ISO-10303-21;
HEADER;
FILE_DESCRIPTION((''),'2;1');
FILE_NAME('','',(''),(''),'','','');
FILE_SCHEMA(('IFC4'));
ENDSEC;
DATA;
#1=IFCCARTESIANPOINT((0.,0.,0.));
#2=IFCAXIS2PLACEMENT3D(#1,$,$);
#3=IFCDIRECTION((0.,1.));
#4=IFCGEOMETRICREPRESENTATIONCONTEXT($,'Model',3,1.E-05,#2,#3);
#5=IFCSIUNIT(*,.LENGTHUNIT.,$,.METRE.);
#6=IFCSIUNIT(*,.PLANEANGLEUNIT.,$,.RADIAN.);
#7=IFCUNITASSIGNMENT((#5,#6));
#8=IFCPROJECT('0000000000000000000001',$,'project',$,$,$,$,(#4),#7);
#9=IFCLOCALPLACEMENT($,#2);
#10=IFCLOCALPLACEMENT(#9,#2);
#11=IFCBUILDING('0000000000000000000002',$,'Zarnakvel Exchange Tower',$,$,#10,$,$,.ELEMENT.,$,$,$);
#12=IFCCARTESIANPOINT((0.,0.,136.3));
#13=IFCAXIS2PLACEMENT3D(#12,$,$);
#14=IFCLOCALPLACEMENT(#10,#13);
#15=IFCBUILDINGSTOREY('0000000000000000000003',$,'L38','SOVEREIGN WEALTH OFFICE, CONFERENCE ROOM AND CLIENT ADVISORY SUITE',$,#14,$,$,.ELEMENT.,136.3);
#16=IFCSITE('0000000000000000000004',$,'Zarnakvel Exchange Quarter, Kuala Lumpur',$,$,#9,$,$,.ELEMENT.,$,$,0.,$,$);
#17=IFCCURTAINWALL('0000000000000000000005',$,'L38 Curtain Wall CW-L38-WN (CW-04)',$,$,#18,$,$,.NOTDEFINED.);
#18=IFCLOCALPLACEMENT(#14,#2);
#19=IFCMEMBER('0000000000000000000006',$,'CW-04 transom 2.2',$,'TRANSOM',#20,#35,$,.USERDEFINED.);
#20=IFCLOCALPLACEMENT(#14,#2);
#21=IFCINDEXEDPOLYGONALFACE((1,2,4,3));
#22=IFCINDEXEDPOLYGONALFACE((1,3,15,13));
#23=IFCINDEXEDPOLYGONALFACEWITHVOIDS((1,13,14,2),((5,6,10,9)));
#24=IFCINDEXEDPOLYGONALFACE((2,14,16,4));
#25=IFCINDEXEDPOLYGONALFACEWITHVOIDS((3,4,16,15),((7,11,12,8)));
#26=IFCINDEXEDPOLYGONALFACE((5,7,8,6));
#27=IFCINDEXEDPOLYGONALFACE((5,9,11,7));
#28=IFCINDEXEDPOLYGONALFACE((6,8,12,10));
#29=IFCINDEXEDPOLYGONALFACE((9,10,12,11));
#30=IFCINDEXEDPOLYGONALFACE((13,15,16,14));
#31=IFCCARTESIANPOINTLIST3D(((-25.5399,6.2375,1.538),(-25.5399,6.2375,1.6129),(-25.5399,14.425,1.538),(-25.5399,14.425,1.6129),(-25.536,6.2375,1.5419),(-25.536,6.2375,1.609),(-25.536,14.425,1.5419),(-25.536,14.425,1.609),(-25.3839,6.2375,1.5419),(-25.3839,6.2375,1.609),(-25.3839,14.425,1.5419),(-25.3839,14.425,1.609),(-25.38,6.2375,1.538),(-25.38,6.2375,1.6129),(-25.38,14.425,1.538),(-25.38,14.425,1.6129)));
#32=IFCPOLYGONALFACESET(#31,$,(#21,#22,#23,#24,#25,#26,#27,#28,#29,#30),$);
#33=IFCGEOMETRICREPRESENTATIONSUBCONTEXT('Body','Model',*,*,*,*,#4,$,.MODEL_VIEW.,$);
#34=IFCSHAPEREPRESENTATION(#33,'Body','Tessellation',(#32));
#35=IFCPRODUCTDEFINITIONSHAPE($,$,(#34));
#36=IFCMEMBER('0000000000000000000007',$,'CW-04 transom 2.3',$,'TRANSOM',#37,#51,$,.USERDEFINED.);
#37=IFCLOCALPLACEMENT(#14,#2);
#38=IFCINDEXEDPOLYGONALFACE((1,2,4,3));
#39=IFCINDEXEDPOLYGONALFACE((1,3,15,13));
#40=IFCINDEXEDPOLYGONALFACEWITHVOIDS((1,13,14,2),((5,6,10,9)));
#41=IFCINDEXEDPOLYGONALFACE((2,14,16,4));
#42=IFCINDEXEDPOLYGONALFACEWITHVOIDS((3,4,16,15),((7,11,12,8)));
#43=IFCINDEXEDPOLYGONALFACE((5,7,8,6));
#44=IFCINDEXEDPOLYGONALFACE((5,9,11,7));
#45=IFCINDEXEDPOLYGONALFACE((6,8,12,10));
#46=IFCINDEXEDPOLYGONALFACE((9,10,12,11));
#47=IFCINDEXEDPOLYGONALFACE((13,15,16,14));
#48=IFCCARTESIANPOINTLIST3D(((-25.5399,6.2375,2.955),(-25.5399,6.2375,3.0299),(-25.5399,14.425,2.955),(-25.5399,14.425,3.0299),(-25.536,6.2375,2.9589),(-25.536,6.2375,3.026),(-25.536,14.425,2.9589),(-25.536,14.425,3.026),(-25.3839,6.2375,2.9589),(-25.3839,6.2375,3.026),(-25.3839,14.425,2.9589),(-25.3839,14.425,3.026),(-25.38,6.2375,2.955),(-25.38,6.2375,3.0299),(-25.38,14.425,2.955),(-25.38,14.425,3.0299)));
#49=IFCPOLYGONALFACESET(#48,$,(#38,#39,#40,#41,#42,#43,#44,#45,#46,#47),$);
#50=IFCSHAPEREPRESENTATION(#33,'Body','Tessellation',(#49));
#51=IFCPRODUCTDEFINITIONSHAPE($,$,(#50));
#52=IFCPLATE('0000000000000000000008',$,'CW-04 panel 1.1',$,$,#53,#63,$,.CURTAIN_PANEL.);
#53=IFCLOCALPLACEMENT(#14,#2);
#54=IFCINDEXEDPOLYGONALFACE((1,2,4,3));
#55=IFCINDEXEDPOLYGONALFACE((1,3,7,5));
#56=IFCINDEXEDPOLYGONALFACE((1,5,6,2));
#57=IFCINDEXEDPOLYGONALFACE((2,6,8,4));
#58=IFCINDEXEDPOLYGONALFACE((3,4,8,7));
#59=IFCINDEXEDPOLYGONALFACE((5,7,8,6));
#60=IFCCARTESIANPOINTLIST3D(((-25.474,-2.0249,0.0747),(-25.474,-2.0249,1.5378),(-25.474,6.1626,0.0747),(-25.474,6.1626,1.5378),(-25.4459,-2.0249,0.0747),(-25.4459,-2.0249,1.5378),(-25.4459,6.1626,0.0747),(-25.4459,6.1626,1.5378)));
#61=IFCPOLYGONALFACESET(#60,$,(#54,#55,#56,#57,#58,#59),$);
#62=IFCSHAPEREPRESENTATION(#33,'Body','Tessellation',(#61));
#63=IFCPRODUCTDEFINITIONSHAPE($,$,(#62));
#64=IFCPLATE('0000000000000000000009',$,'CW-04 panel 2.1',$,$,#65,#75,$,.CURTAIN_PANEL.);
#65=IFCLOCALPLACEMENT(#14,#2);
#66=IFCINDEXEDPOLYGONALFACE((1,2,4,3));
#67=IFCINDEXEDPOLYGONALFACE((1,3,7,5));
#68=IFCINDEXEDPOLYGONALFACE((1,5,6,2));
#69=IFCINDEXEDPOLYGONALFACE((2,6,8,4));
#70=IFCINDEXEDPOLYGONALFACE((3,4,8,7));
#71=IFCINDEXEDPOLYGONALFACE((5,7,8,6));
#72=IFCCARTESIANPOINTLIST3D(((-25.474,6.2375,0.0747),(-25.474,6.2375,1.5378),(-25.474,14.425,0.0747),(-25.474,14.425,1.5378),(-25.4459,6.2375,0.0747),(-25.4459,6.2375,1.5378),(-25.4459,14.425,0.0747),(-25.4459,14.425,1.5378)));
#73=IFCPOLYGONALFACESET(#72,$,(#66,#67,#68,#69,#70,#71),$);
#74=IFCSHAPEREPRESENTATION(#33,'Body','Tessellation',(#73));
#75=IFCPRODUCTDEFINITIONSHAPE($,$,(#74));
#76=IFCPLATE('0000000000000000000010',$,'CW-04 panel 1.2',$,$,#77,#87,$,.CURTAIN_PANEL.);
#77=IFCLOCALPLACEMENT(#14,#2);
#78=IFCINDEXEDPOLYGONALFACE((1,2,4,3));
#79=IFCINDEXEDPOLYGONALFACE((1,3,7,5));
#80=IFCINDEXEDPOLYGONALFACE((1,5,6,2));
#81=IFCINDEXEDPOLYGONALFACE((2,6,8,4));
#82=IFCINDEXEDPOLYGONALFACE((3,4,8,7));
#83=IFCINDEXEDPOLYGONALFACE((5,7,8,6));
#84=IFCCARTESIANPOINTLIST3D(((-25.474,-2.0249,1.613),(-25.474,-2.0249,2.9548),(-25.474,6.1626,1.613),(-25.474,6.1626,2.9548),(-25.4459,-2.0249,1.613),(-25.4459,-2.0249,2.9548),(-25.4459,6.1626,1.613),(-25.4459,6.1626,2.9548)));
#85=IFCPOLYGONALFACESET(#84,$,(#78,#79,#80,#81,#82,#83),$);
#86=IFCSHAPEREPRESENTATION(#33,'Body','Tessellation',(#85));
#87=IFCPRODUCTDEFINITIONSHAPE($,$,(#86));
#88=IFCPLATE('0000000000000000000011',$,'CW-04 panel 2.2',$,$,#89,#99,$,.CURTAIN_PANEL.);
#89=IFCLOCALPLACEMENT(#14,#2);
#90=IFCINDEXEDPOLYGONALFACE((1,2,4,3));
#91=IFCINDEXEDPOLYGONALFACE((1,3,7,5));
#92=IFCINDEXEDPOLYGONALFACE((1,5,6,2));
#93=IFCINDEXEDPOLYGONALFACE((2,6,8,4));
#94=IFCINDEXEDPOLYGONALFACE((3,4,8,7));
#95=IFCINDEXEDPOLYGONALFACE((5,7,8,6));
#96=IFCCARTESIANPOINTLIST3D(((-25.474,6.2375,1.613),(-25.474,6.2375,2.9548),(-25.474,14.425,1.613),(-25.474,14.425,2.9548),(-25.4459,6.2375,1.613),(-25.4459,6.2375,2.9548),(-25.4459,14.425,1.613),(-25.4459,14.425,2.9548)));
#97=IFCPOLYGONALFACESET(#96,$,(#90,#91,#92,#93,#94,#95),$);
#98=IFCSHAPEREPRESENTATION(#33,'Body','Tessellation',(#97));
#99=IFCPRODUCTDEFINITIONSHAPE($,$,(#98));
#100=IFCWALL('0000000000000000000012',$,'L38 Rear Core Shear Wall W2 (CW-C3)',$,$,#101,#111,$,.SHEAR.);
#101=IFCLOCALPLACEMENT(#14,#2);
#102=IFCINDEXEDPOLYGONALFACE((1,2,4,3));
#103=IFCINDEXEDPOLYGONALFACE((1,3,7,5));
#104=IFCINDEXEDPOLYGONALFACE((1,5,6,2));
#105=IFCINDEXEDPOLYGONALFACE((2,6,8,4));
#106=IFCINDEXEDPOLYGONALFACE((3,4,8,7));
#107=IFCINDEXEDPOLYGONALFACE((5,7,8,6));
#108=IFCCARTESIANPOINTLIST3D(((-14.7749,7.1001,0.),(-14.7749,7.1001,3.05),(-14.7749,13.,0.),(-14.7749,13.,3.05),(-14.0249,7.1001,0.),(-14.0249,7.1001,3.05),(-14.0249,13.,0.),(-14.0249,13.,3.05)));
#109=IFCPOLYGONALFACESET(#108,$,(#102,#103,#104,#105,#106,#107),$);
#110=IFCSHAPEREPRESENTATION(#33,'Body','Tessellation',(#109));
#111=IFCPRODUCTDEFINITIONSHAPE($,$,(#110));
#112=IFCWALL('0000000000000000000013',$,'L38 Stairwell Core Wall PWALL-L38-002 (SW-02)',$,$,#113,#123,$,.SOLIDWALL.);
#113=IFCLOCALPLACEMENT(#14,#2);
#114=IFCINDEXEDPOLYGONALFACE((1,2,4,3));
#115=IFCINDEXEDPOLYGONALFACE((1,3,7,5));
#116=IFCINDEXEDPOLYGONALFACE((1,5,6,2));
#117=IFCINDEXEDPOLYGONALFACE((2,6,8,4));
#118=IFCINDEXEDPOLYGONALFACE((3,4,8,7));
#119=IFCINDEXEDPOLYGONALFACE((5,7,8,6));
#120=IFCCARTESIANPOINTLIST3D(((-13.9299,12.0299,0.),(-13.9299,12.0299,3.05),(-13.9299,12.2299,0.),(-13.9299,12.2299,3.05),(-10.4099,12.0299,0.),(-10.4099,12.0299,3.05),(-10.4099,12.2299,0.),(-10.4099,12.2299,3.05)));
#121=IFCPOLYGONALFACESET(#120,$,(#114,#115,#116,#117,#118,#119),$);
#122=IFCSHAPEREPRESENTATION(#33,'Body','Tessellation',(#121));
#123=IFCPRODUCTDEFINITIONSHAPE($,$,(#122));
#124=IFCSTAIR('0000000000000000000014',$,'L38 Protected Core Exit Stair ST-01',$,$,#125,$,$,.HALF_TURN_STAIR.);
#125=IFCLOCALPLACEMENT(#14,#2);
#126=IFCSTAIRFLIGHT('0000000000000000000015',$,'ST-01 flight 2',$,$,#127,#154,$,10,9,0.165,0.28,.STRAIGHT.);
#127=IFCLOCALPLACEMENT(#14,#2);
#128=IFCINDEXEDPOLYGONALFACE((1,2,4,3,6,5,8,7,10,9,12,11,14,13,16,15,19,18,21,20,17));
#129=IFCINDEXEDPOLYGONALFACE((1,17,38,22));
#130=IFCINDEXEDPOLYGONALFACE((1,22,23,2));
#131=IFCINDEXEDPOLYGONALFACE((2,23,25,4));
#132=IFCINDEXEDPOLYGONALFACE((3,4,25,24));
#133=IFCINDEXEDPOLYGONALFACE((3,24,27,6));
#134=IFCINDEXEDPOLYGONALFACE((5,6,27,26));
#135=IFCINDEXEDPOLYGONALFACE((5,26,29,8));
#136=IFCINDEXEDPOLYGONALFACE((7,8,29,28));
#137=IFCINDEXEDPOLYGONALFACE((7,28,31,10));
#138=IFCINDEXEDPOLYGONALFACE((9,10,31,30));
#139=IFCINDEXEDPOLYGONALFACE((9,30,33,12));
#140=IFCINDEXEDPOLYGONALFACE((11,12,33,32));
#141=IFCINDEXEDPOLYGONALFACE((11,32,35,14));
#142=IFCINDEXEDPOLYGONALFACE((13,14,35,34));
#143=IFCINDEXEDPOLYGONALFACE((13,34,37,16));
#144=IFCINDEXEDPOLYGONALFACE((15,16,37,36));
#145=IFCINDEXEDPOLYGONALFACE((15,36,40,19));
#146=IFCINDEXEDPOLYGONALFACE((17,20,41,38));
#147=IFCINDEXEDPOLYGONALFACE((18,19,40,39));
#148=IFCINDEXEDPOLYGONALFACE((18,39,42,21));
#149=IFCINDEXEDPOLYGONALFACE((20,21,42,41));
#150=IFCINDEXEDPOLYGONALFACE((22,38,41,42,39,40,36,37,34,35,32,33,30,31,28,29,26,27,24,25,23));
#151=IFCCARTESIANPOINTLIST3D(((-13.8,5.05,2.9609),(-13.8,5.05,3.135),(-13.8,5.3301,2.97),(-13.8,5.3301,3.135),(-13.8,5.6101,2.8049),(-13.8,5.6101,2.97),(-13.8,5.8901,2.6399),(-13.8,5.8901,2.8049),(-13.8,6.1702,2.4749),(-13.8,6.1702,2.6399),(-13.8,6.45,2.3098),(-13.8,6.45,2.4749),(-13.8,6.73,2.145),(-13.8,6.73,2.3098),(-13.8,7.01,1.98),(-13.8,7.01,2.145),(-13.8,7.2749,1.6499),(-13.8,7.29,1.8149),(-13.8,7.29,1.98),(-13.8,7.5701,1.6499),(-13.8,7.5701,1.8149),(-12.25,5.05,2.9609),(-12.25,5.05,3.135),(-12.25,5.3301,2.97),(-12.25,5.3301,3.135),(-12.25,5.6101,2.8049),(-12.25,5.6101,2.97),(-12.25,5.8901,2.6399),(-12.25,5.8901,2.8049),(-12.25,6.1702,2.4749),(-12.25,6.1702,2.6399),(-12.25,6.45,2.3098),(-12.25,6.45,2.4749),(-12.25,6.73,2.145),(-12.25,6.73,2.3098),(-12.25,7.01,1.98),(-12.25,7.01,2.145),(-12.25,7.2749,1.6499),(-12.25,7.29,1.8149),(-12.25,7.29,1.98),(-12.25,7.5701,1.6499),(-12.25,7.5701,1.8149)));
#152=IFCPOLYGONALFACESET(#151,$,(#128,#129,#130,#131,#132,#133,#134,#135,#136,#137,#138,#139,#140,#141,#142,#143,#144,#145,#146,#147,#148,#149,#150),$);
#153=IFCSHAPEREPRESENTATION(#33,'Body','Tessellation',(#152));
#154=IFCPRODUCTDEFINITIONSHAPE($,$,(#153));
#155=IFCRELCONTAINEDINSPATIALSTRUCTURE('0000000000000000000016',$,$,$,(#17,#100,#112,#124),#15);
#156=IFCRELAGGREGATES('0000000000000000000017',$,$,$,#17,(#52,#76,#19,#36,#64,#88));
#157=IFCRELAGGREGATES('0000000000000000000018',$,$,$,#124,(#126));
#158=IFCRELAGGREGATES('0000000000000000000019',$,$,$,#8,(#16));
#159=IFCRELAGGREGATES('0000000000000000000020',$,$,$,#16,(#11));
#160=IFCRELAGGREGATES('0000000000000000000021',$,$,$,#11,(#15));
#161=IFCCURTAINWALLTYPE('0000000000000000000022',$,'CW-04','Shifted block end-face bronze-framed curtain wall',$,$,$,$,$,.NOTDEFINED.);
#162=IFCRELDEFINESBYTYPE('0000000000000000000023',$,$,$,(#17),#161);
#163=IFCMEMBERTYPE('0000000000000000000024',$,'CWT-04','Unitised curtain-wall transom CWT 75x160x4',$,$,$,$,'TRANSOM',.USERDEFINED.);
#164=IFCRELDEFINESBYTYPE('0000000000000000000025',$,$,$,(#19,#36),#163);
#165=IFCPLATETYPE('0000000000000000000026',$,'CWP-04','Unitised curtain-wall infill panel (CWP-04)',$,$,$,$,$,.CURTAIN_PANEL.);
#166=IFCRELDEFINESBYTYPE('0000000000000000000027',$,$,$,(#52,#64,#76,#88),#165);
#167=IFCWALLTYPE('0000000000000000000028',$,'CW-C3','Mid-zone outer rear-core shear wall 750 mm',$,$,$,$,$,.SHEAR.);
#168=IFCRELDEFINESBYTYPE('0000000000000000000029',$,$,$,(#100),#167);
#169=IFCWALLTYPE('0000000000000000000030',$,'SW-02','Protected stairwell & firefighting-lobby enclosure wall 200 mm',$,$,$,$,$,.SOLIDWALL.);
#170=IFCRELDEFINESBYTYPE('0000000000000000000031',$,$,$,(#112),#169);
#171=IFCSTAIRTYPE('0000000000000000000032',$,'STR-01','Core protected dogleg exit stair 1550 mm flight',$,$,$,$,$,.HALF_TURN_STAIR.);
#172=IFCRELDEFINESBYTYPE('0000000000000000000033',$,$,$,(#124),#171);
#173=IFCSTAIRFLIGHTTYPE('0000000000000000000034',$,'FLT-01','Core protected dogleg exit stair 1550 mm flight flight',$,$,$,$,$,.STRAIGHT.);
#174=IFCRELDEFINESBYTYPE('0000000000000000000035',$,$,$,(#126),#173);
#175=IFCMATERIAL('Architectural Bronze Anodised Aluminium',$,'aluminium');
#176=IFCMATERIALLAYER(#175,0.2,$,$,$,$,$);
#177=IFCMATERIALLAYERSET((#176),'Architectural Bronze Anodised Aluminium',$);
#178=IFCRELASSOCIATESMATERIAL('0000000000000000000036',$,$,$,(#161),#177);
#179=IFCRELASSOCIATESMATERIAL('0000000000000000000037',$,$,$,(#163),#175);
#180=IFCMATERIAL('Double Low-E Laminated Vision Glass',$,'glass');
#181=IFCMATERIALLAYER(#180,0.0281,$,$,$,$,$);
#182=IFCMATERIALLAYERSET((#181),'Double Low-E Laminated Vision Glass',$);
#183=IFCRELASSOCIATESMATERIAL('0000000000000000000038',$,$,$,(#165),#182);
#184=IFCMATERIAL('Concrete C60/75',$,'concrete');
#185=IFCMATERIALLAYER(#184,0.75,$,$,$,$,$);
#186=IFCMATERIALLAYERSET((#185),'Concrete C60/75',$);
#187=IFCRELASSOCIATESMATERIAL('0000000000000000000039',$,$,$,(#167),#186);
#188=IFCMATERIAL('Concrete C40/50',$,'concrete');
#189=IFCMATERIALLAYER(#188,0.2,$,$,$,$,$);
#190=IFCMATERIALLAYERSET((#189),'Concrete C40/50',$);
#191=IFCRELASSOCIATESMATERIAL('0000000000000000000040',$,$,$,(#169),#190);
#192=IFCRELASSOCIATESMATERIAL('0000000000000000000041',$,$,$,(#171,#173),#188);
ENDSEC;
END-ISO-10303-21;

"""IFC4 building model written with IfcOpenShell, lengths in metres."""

from ifc_helpers import new_model, si_unit, direction, frame, frame_2d, origin, origin_2d, place, context, subcontext, project, spatial, polyline, rectangle, hollow_rectangle, outline, extrude, source, transform, mapped, material, layer, layer_set, material_profile, profile_set, type_object, element, aggregate, save


model = new_model("IFC4")

# Units and contexts
model_context = context("Model", 3, precision=1e-05, world=origin(), true_north=direction((0.0, 1.0)))
body_context = subcontext(model_context, "Body", "Model", "MODEL_VIEW")
ifc_project = project(units=[si_unit("LENGTHUNIT", "METRE"), si_unit("PLANEANGLEUNIT", "RADIAN")], contexts=[model_context])

# Site, building, storey
site_placement = place(None, origin())
site = spatial("IfcSite", under=ifc_project, at=site_placement, Name="Zarnakvel Exchange Quarter, Kuala Lumpur", CompositionType="ELEMENT", RefElevation=0.0)
building_placement = place(site_placement, origin())
building = spatial("IfcBuilding", under=site, at=building_placement, Name="Zarnakvel Exchange Tower", CompositionType="ELEMENT")
storey_placement = place(building_placement, frame((0.0, 0.0, 136.3)))
storey = spatial("IfcBuildingStorey", under=building, at=storey_placement, Name="L38", Description="SOVEREIGN WEALTH OFFICE, CONFERENCE ROOM AND CLIENT ADVISORY SUITE", CompositionType="ELEMENT", Elevation=136.3)

# Shared definitions
ifc_material_1 = material(Name="Concrete C60/75", Category="concrete")

# Curtain wall, members, plates
ifc_material_2 = material(Name="Architectural Bronze Anodised Aluminium", Category="aluminium")
ifc_layer_1 = layer(ifc_material_2, 0.2)
ifc_layer_set_1 = layer_set([ifc_layer_1], Name="Architectural Bronze Anodised Aluminium")
curtain_wall_type = type_object("IfcCurtainWallType", Name="CW-04", Description="Shifted block end-face bronze-framed curtain wall", PredefinedType="NOTDEFINED", material=ifc_layer_set_1)
curtain_wall_placement = place(storey_placement, origin())
curtain_wall = element("IfcCurtainWall", 1, at=curtain_wall_placement, inside=storey, type_object=curtain_wall_type, Name="L38 Curtain Wall CW-L38-WN (CW-04)", PredefinedType="NOTDEFINED")
ifc_material_profile_1 = material_profile(ifc_material_2, hollow_rectangle(XDim=0.1599, YDim=0.075, WallThickness=0.0039, at=origin_2d()))
ifc_profile_set_1 = profile_set([ifc_material_profile_1], Name="Architectural Bronze Anodised Aluminium")
member_type_1 = type_object("IfcMemberType", Name="CWT-04", Description="Unitised curtain-wall transom CWT 75x160x4", ElementType="TRANSOM", PredefinedType="USERDEFINED", material=ifc_profile_set_1)
shared_shape_1 = source(origin(), body_context, "Body", "SweptSolid", [
    extrude(hollow_rectangle(XDim=0.1599, YDim=0.075, WallThickness=0.0039, at=origin_2d()), origin(), (0.0, 0.0, 1.0), 8.1875),
])
member_1_placement = place(storey_placement, frame((-25.46, 6.2375, 1.5754), z_axis=(0.0, 1.0, 0.0), x_axis=(-1.0, 0.0, 0.0)))
member_1 = element("IfcMember", 2, at=member_1_placement, type_object=member_type_1, Name="CW-04 transom 2.2", ObjectType="TRANSOM", PredefinedType="USERDEFINED", context=body_context, shape_type="MappedRepresentation", body=[
    mapped(shared_shape_1, transform((0.0, 0.0, 0.0), x_axis=(1.0, 0.0, 0.0), y_axis=(0.0, 1.0, 0.0), z_axis=(0.0, 0.0, 1.0), scale=1.0)),
])
member_2_placement = place(storey_placement, frame((-25.46, 6.2375, 2.9924), z_axis=(0.0, 1.0, 0.0), x_axis=(-1.0, 0.0, 0.0)))
member_2 = element("IfcMember", 3, at=member_2_placement, type_object=member_type_1, Name="CW-04 transom 2.3", ObjectType="TRANSOM", PredefinedType="USERDEFINED", context=body_context, shape_type="MappedRepresentation", body=[
    mapped(shared_shape_1, transform((0.0, 0.0, 0.0), x_axis=(1.0, 0.0, 0.0), y_axis=(0.0, 1.0, 0.0), z_axis=(0.0, 0.0, 1.0), scale=1.0)),
])
ifc_material_3 = material(Name="Double Low-E Laminated Vision Glass", Category="glass")
ifc_layer_2 = layer(ifc_material_3, 0.0281)
ifc_layer_set_2 = layer_set([ifc_layer_2], Name="Double Low-E Laminated Vision Glass")
plate_type = type_object("IfcPlateType", Name="CWP-04", Description="Unitised curtain-wall infill panel (CWP-04)", PredefinedType="CURTAIN_PANEL", material=ifc_layer_set_2)
shared_shape_2 = source(origin(), body_context, "Body", "SweptSolid", [
    extrude(rectangle(XDim=8.1875, YDim=0.0281, at=origin_2d()), origin(), (0.0, 0.0, 1.0), 1.4631),
])
plate_1_placement = place(storey_placement, frame((-25.46, 2.0688, 0.0747), z_axis=(0.0, 0.0, 1.0), x_axis=(0.0, 1.0, 0.0)))
plate_1 = element("IfcPlate", 4, at=plate_1_placement, type_object=plate_type, Name="CW-04 panel 1.1", PredefinedType="CURTAIN_PANEL", context=body_context, shape_type="MappedRepresentation", body=[
    mapped(shared_shape_2, transform((0.0, 0.0, 0.0), x_axis=(1.0, 0.0, 0.0), y_axis=(0.0, 1.0, 0.0), z_axis=(0.0, 0.0, 1.0), scale=1.0)),
])
plate_2_placement = place(storey_placement, frame((-25.46, 10.3313, 0.0747), z_axis=(0.0, 0.0, 1.0), x_axis=(0.0, 1.0, 0.0)))
plate_2 = element("IfcPlate", 5, at=plate_2_placement, type_object=plate_type, Name="CW-04 panel 2.1", PredefinedType="CURTAIN_PANEL", context=body_context, shape_type="MappedRepresentation", body=[
    mapped(shared_shape_2, transform((0.0, 0.0, 0.0), x_axis=(1.0, 0.0, 0.0), y_axis=(0.0, 1.0, 0.0), z_axis=(0.0, 0.0, 1.0), scale=1.0)),
])
shared_shape_3 = source(origin(), body_context, "Body", "SweptSolid", [
    extrude(rectangle(XDim=8.1875, YDim=0.0281, at=origin_2d()), origin(), (0.0, 0.0, 1.0), 1.3418),
])
plate_3_placement = place(storey_placement, frame((-25.46, 2.0688, 1.613), z_axis=(0.0, 0.0, 1.0), x_axis=(0.0, 1.0, 0.0)))
plate_3 = element("IfcPlate", 6, at=plate_3_placement, type_object=plate_type, Name="CW-04 panel 1.2", PredefinedType="CURTAIN_PANEL", context=body_context, shape_type="MappedRepresentation", body=[
    mapped(shared_shape_3, transform((0.0, 0.0, 0.0), x_axis=(1.0, 0.0, 0.0), y_axis=(0.0, 1.0, 0.0), z_axis=(0.0, 0.0, 1.0), scale=1.0)),
])
plate_4_placement = place(storey_placement, frame((-25.46, 10.3313, 1.613), z_axis=(0.0, 0.0, 1.0), x_axis=(0.0, 1.0, 0.0)))
plate_4 = element("IfcPlate", 7, at=plate_4_placement, type_object=plate_type, Name="CW-04 panel 2.2", PredefinedType="CURTAIN_PANEL", context=body_context, shape_type="MappedRepresentation", body=[
    mapped(shared_shape_3, transform((0.0, 0.0, 0.0), x_axis=(1.0, 0.0, 0.0), y_axis=(0.0, 1.0, 0.0), z_axis=(0.0, 0.0, 1.0), scale=1.0)),
])
aggregate(curtain_wall, [plate_1, plate_3, member_1, member_2, plate_2, plate_4])

# Walls
ifc_layer_3 = layer(ifc_material_1, 0.75)
ifc_layer_set_3 = layer_set([ifc_layer_3], Name="Concrete C60/75")
wall_type_1 = type_object("IfcWallType", Name="CW-C3", Description="Mid-zone outer rear-core shear wall 750 mm", PredefinedType="SHEAR", material=ifc_layer_set_3)
wall_1_placement = place(storey_placement, frame((-14.3999, 7.1001, 0.0), z_axis=(0.0, 0.0, 1.0), x_axis=(0.0, 1.0, 0.0)))
element("IfcWall", 8, at=wall_1_placement, inside=storey, type_object=wall_type_1, Name="L38 Rear Core Shear Wall W2 (CW-C3)", PredefinedType="SHEAR", context=body_context, shape_type="SweptSolid", body=[
    extrude(rectangle(XDim=5.8999, YDim=0.75, at=frame_2d((2.95, 0.0))), origin(), (0.0, 0.0, 1.0), 3.05),
])
ifc_material_4 = material(Name="Concrete C40/50", Category="concrete")
ifc_layer_4 = layer(ifc_material_4, 0.2)
ifc_layer_set_4 = layer_set([ifc_layer_4], Name="Concrete C40/50")
wall_type_2 = type_object("IfcWallType", Name="SW-02", Description="Protected stairwell & firefighting-lobby enclosure wall 200 mm", PredefinedType="SOLIDWALL", material=ifc_layer_set_4)
wall_2_placement = place(storey_placement, frame((-13.9299, 12.1299, 0.0), z_axis=(0.0, 0.0, 1.0), x_axis=(1.0, 0.0, 0.0)))
element("IfcWall", 9, at=wall_2_placement, inside=storey, type_object=wall_type_2, Name="L38 Stairwell Core Wall PWALL-L38-002 (SW-02)", PredefinedType="SOLIDWALL", context=body_context, shape_type="SweptSolid", body=[
    extrude(rectangle(XDim=3.52, YDim=0.2, at=frame_2d((1.76, 0.0))), origin(), (0.0, 0.0, 1.0), 3.05),
])

# Stair, stair flight
stair_type = type_object("IfcStairType", Name="STR-01", Description="Core protected dogleg exit stair 1550 mm flight", PredefinedType="HALF_TURN_STAIR", material=ifc_material_4)
stair_placement = place(storey_placement, origin())
stair = element("IfcStair", 10, at=stair_placement, inside=storey, type_object=stair_type, Name="L38 Protected Core Exit Stair ST-01", PredefinedType="HALF_TURN_STAIR")
stair_flight_type = type_object("IfcStairFlightType", Name="FLT-01", Description="Core protected dogleg exit stair 1550 mm flight flight", PredefinedType="STRAIGHT", material=ifc_material_4)
stair_flight_placement = place(storey_placement, frame((-13.0249, 7.5701, 1.6499), z_axis=(0.0, 0.0, 1.0), x_axis=(0.0, -1.0, 0.0)))
stair_flight = element("IfcStairFlight", 11, at=stair_flight_placement, type_object=stair_flight_type, Name="ST-01 flight 2", NumberOfRisers=10, NumberOfTreads=9, PredefinedType="STRAIGHT", RiserHeight=0.165, TreadLength=0.28, context=body_context, shape_type="SweptSolid", body=[
    extrude(outline(polyline([(0.0, 0.0), (0.0, 0.165), (0.28, 0.165), (0.28, 0.3301), (0.5601, 0.3301), (0.5601, 0.4951), (0.8401, 0.4951), (0.8401, 0.6599), (1.1201, 0.6599), (1.1201, 0.825), (1.3999, 0.825), (1.3999, 0.99), (1.6799, 0.99), (1.6799, 1.155), (1.96, 1.155), (1.96, 1.3201), (2.24, 1.3201), (2.24, 1.4851), (2.52, 1.4851), (2.52, 1.6499), (2.52, 1.311), (0.2952, 0.0), (0.0, 0.0)])), frame((0.0, 0.7749, 0.0), z_axis=(0.0, -1.0, 0.0), x_axis=(1.0, 0.0, 0.0)), (0.0, 0.0, 1.0), 1.55),
])
aggregate(stair, [stair_flight])

save(model, "model.ifc")
